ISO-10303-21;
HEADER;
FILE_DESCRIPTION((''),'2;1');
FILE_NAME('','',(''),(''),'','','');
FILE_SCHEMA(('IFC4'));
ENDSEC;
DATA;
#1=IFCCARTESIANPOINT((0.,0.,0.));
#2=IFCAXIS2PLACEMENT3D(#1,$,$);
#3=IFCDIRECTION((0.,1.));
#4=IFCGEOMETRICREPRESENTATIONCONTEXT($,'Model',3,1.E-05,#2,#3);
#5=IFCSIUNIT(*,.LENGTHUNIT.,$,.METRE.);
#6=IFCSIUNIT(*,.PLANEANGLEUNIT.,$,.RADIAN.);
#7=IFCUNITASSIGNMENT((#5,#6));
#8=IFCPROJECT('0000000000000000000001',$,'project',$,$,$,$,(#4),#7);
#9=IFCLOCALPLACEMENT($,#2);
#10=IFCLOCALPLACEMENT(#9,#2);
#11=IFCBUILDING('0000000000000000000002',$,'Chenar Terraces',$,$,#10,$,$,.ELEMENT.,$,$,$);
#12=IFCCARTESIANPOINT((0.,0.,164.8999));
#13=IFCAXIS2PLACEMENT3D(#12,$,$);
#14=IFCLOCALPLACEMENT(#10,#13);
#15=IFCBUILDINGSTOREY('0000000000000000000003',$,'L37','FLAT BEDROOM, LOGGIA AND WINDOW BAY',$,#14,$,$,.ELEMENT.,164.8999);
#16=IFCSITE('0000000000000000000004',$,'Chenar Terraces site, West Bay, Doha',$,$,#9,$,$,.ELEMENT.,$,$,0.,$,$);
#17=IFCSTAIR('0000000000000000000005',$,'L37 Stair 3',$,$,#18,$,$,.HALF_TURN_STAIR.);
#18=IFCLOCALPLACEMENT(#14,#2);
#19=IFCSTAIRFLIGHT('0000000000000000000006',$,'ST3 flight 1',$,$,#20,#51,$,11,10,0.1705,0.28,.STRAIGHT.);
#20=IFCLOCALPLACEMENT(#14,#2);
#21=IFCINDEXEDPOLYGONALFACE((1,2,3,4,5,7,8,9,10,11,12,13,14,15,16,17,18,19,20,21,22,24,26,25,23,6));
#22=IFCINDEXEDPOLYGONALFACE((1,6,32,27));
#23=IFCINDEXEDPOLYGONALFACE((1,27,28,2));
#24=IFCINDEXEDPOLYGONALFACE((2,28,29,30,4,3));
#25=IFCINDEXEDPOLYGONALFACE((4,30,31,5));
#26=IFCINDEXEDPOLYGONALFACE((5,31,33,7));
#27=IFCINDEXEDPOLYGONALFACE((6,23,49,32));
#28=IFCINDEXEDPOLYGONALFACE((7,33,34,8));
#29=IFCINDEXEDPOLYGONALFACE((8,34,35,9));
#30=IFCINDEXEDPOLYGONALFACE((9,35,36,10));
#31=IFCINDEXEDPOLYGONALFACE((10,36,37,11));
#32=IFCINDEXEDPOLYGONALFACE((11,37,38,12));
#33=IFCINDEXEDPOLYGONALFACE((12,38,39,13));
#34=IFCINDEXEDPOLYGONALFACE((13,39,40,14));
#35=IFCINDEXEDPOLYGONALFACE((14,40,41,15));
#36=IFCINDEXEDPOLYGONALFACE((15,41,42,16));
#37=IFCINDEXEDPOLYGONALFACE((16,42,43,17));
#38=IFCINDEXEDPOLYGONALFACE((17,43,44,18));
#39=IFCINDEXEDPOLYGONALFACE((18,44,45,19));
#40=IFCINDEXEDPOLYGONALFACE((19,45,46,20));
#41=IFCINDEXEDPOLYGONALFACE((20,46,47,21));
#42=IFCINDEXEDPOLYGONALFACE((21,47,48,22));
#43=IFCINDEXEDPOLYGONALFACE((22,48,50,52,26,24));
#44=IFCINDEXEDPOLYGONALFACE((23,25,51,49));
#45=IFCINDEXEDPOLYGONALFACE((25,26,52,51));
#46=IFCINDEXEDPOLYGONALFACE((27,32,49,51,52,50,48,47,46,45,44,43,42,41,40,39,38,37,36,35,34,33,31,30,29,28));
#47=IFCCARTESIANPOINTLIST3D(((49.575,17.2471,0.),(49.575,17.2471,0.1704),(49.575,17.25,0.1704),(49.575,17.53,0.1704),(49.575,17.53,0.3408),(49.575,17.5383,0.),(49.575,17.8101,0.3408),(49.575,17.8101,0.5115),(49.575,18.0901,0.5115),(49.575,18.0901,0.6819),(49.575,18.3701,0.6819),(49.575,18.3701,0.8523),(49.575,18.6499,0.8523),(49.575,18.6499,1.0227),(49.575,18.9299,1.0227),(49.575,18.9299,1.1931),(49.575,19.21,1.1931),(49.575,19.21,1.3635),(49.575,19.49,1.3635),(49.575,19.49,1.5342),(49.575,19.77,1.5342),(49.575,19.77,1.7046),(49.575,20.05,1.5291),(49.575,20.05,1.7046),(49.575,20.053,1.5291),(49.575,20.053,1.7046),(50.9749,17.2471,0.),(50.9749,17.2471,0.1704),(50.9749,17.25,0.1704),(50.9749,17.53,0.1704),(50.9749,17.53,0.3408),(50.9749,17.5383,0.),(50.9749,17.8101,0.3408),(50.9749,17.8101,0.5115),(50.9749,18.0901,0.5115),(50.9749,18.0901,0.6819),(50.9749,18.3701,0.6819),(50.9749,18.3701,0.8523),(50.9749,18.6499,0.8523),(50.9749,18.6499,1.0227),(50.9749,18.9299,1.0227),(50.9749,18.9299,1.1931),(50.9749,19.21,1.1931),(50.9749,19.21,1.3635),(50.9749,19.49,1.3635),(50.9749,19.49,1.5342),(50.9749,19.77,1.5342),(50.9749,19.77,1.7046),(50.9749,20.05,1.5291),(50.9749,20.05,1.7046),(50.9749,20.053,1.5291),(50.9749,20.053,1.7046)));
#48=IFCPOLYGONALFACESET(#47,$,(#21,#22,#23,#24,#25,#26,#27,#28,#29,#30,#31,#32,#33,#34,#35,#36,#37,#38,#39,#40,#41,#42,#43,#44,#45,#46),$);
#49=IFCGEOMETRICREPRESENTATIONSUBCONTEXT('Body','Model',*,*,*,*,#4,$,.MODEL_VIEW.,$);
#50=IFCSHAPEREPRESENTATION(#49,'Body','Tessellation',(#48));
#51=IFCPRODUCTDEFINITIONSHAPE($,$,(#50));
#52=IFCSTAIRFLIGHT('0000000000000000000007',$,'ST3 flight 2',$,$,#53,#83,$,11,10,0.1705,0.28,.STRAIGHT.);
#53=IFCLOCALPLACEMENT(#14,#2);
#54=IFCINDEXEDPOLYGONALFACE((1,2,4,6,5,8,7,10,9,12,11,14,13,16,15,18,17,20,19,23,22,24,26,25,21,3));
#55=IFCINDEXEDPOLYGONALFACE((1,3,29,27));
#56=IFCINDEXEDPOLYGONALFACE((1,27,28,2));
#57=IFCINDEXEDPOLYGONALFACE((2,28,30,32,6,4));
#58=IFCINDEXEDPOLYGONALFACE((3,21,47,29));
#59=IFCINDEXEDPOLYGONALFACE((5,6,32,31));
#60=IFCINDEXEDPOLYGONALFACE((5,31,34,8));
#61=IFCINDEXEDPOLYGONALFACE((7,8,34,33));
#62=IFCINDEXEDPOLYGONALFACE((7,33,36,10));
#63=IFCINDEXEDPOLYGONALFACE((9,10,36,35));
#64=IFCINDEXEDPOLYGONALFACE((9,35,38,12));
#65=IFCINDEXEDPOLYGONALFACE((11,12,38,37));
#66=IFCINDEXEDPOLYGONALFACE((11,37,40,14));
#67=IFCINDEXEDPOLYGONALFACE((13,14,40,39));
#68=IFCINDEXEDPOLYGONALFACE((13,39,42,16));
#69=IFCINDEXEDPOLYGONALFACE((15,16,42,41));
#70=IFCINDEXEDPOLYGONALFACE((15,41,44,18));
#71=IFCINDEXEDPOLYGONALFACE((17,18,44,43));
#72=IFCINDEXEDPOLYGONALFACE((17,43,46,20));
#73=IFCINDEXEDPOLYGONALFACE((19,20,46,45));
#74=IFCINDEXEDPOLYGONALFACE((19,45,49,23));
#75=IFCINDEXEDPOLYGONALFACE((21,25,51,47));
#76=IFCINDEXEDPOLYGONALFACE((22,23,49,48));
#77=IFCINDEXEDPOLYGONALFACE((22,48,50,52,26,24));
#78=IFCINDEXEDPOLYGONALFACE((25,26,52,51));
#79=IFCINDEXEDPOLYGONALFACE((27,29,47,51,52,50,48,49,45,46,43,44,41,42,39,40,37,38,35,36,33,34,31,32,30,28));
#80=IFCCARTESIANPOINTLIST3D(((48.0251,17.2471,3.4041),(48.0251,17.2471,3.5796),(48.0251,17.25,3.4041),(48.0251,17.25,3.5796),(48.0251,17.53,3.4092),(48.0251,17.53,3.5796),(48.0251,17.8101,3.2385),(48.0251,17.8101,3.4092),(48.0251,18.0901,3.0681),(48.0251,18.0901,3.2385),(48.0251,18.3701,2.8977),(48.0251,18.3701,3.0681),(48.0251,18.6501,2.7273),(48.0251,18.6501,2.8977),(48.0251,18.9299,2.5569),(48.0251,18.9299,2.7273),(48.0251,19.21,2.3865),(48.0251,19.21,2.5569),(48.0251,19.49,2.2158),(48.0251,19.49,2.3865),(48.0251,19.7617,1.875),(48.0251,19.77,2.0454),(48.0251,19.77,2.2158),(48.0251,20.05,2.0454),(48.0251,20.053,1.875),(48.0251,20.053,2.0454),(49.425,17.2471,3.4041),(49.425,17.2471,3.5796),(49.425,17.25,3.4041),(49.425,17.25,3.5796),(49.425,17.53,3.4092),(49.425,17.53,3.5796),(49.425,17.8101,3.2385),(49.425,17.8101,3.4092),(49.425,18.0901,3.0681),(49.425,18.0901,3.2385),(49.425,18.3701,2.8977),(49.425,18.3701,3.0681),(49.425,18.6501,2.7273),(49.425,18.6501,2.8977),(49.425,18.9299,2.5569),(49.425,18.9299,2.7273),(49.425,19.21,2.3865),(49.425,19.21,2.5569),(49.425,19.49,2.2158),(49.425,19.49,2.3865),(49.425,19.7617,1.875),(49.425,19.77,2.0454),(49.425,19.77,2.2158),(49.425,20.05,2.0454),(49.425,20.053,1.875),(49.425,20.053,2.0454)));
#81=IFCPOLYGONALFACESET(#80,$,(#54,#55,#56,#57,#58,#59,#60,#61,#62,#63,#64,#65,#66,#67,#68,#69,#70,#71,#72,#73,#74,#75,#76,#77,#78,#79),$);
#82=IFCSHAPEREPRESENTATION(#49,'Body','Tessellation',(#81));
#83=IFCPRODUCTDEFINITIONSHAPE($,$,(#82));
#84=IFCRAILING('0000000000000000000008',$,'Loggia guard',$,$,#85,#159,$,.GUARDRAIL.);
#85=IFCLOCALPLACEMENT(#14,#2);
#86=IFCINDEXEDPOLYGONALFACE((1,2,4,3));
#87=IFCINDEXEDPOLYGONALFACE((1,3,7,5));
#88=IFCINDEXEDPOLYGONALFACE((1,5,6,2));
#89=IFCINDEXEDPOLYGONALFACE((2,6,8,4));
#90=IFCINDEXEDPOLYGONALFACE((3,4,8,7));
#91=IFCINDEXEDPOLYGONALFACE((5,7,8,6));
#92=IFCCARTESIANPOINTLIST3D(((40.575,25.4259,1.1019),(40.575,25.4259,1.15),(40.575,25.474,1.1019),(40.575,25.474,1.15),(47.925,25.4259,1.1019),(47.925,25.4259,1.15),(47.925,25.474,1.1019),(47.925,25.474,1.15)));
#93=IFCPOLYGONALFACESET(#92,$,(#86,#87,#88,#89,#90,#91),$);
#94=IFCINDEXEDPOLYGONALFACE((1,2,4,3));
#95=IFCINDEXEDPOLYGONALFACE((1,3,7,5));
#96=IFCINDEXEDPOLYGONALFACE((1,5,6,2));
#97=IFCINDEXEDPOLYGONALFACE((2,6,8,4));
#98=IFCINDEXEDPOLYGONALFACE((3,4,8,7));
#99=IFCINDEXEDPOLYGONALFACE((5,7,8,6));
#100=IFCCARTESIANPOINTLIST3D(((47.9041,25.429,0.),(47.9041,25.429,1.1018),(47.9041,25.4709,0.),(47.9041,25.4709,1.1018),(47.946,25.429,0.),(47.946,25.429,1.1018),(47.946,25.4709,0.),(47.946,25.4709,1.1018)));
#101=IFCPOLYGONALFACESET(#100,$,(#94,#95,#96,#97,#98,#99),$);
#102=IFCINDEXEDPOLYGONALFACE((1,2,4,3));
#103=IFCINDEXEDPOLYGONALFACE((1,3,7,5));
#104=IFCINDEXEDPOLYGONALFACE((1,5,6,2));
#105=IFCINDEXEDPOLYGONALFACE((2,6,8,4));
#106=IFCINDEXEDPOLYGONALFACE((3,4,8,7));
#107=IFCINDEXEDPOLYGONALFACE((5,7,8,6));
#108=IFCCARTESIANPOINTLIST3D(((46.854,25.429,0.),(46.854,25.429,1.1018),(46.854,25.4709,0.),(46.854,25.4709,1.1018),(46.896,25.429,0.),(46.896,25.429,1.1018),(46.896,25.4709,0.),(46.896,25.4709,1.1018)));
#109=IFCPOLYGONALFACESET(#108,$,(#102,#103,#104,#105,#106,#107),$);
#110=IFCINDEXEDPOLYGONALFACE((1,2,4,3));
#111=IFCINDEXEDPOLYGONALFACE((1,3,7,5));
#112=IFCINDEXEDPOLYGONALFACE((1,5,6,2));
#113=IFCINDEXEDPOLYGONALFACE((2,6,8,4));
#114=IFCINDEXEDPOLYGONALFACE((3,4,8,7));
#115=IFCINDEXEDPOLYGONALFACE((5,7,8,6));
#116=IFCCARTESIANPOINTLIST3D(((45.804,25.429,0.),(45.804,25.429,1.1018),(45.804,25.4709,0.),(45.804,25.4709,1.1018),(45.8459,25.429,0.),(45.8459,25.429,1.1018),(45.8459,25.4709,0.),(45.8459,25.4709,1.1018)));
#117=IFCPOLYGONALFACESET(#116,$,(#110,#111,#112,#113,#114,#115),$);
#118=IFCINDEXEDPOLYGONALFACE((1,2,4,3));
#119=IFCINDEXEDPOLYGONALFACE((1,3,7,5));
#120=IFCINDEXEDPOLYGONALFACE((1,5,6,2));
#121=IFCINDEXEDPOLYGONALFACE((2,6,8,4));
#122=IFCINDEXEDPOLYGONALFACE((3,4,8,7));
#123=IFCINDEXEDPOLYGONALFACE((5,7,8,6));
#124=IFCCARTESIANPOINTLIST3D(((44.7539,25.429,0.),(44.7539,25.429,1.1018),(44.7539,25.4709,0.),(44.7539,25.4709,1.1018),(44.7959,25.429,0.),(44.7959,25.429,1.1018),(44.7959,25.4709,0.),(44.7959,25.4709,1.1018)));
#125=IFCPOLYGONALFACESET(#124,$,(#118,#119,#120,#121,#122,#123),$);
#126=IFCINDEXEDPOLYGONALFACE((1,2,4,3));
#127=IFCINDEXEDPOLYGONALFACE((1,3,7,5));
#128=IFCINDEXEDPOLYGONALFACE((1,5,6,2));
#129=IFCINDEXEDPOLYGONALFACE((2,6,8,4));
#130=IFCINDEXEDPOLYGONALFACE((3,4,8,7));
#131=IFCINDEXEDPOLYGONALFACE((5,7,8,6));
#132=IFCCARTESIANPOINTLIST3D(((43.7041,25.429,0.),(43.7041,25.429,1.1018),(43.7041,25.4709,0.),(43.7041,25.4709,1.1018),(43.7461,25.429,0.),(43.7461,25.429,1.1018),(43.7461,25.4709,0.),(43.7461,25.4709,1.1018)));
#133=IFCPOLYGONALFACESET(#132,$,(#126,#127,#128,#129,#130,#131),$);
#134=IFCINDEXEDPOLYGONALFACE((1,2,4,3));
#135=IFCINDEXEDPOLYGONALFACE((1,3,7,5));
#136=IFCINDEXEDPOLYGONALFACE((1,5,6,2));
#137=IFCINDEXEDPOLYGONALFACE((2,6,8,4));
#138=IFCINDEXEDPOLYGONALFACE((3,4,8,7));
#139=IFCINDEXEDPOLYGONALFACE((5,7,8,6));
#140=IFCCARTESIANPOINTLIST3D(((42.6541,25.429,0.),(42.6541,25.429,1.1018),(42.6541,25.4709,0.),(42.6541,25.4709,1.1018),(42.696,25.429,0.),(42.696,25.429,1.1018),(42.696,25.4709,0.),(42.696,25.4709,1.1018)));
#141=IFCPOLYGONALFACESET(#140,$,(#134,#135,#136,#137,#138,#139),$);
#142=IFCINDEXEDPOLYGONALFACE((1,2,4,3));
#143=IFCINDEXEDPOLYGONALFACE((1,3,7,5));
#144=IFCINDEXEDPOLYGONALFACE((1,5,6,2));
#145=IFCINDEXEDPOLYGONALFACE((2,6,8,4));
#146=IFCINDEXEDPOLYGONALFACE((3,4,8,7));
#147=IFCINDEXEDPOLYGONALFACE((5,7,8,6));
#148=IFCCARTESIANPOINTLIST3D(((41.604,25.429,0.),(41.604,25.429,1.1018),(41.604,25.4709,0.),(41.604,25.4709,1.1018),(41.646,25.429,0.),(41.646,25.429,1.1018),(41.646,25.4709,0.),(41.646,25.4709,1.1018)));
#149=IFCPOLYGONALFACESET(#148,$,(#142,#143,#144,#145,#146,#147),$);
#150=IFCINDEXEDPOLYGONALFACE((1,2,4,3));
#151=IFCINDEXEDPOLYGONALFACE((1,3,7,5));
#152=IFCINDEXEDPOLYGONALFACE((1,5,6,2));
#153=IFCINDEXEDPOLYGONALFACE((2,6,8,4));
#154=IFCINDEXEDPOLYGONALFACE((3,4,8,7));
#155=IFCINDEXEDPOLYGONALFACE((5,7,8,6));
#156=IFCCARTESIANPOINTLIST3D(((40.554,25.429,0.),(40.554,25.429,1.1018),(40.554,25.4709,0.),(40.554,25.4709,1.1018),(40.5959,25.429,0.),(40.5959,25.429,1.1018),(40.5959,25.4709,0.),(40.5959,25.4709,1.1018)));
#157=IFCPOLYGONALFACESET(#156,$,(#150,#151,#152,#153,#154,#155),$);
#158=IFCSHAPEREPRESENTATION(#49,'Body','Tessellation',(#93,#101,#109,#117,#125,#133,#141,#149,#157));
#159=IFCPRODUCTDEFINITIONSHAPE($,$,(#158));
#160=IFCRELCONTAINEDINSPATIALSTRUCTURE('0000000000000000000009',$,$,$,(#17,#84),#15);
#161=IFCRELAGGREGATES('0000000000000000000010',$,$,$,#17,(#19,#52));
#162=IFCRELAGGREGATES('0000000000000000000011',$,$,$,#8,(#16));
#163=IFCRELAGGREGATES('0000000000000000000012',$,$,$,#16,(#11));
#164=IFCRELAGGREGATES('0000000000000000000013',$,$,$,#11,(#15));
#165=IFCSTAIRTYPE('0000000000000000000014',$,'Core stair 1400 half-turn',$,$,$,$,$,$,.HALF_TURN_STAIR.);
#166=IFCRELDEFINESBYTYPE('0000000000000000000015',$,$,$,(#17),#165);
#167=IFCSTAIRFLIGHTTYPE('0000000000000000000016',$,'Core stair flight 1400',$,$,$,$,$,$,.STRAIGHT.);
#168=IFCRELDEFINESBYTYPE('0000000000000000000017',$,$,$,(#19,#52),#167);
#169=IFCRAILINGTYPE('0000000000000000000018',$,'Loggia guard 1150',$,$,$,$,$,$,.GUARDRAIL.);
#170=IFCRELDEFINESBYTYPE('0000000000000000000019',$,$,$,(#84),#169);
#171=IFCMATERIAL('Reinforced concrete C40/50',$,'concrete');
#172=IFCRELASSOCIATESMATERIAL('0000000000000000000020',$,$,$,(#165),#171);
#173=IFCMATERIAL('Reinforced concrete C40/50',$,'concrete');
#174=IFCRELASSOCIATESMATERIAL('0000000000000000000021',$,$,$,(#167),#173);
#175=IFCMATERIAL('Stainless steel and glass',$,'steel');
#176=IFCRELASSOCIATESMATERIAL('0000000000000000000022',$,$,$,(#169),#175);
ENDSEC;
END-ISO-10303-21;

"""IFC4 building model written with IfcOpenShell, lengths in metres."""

from ifc_helpers import new_model, si_unit, direction, frame, origin, origin_2d, place, context, subcontext, project, spatial, polyline, rectangle, outline, extrude, material, type_object, element, aggregate, save


model = new_model("IFC4")

# Units and contexts
model_context = context("Model", 3, precision=1e-05, world=origin(), true_north=direction((0.0, 1.0)))
body_context = subcontext(model_context, "Body", "Model", "MODEL_VIEW")
ifc_project = project(units=[si_unit("LENGTHUNIT", "METRE"), si_unit("PLANEANGLEUNIT", "RADIAN")], contexts=[model_context])

# Site, building, storey
site_placement = place(None, origin())
site = spatial("IfcSite", under=ifc_project, at=site_placement, Name="Chenar Terraces site, West Bay, Doha", CompositionType="ELEMENT", RefElevation=0.0)
building_placement = place(site_placement, origin())
building = spatial("IfcBuilding", under=site, at=building_placement, Name="Chenar Terraces", CompositionType="ELEMENT")
storey_placement = place(building_placement, frame((0.0, 0.0, 164.8999)))
storey = spatial("IfcBuildingStorey", under=building, at=storey_placement, Name="L37", Description="FLAT BEDROOM, LOGGIA AND WINDOW BAY", CompositionType="ELEMENT", Elevation=164.8999)

# Stair, stair flights
ifc_material_1 = material(Name="Reinforced concrete C40/50", Category="concrete")
stair_type = type_object("IfcStairType", Name="Core stair 1400 half-turn", PredefinedType="HALF_TURN_STAIR", material=ifc_material_1)
stair_placement = place(storey_placement, origin())
stair = element("IfcStair", 1, at=stair_placement, inside=storey, type_object=stair_type, Name="L37 Stair 3", PredefinedType="HALF_TURN_STAIR")
ifc_material_2 = material(Name="Reinforced concrete C40/50", Category="concrete")
stair_flight_type = type_object("IfcStairFlightType", Name="Core stair flight 1400", PredefinedType="STRAIGHT", material=ifc_material_2)
stair_flight_1_placement = place(storey_placement, frame((50.2749, 17.25, 0.0), z_axis=(0.0, 0.0, 1.0), x_axis=(0.0, 1.0, 0.0)))
stair_flight_1 = element("IfcStairFlight", 2, at=stair_flight_1_placement, type_object=stair_flight_type, Name="ST3 flight 1", NumberOfRisers=11, NumberOfTreads=10, PredefinedType="STRAIGHT", RiserHeight=0.1705, TreadLength=0.28, context=body_context, shape_type="SweptSolid", body=[
    extrude(outline(polyline([(-0.0029, 0.0), (-0.0029, 0.1704), (0.0, 0.1704), (0.28, 0.1704), (0.28, 0.3408), (0.5601, 0.3408), (0.5601, 0.5115), (0.8401, 0.5115), (0.8401, 0.6819), (1.1201, 0.6819), (1.1201, 0.8523), (1.3999, 0.8523), (1.3999, 1.0227), (1.6799, 1.0227), (1.6799, 1.1931), (1.96, 1.1931), (1.96, 1.3635), (2.24, 1.3635), (2.24, 1.5342), (2.52, 1.5342), (2.52, 1.7046), (2.8, 1.7046), (2.803, 1.7046), (2.803, 1.5291), (2.8, 1.5291), (0.2883, 0.0), (-0.0029, 0.0)])), frame((0.0, 0.7, 0.0), z_axis=(0.0, -1.0, 0.0), x_axis=(1.0, 0.0, 0.0)), (0.0, 0.0, 1.0), 1.3999),
])
stair_flight_2_placement = place(storey_placement, frame((48.7251, 20.05, 1.875), z_axis=(0.0, 0.0, 1.0), x_axis=(0.0, -1.0, 0.0)))
stair_flight_2 = element("IfcStairFlight", 3, at=stair_flight_2_placement, type_object=stair_flight_type, Name="ST3 flight 2", NumberOfRisers=11, NumberOfTreads=10, PredefinedType="STRAIGHT", RiserHeight=0.1705, TreadLength=0.28, context=body_context, shape_type="SweptSolid", body=[
    extrude(outline(polyline([(-0.0029, 0.0), (-0.0029, 0.1704), (0.0, 0.1704), (0.28, 0.1704), (0.28, 0.3408), (0.5601, 0.3408), (0.5601, 0.5115), (0.8401, 0.5115), (0.8401, 0.6819), (1.1201, 0.6819), (1.1201, 0.8523), (1.3999, 0.8523), (1.3999, 1.0227), (1.6799, 1.0227), (1.6799, 1.1931), (1.96, 1.1931), (1.96, 1.3635), (2.24, 1.3635), (2.24, 1.5342), (2.52, 1.5342), (2.52, 1.7046), (2.8, 1.7046), (2.803, 1.7046), (2.803, 1.5291), (2.8, 1.5291), (0.2883, 0.0), (-0.0029, 0.0)])), frame((0.0, 0.7, 0.0), z_axis=(0.0, -1.0, 0.0), x_axis=(1.0, 0.0, 0.0)), (0.0, 0.0, 1.0), 1.3999),
])
aggregate(stair, [stair_flight_1, stair_flight_2])

# Railing
ifc_material_3 = material(Name="Stainless steel and glass", Category="steel")
railing_type_1 = type_object("IfcRailingType", Name="Loggia guard 1150", PredefinedType="GUARDRAIL", material=ifc_material_3)
railing_1_placement = place(storey_placement, frame((47.925, 25.45, 0.0)))
element("IfcRailing", 4, at=railing_1_placement, inside=storey, type_object=railing_type_1, Name="Loggia guard", PredefinedType="GUARDRAIL", context=body_context, shape_type="SweptSolid", body=[
    extrude(rectangle(XDim=0.0481, YDim=0.0481, at=origin_2d()), frame((0.0, 0.0, 1.126), z_axis=(-1.0, 0.0, 0.0), x_axis=(0.0, -1.0, 0.0)), (0.0, 0.0, 1.0), 7.3501),
    extrude(rectangle(XDim=0.042, YDim=0.042, at=origin_2d()), origin(), (0.0, 0.0, 1.0), 1.1018),
    extrude(rectangle(XDim=0.042, YDim=0.042, at=origin_2d()), frame((-1.05, 0.0, 0.0)), (0.0, 0.0, 1.0), 1.1018),
    extrude(rectangle(XDim=0.042, YDim=0.042, at=origin_2d()), frame((-2.1001, 0.0, 0.0)), (0.0, 0.0, 1.0), 1.1018),
    extrude(rectangle(XDim=0.042, YDim=0.042, at=origin_2d()), frame((-3.1501, 0.0, 0.0)), (0.0, 0.0, 1.0), 1.1018),
    extrude(rectangle(XDim=0.042, YDim=0.042, at=origin_2d()), frame((-4.2, 0.0, 0.0)), (0.0, 0.0, 1.0), 1.1018),
    extrude(rectangle(XDim=0.042, YDim=0.042, at=origin_2d()), frame((-5.25, 0.0, 0.0)), (0.0, 0.0, 1.0), 1.1018),
    extrude(rectangle(XDim=0.042, YDim=0.042, at=origin_2d()), frame((-6.3, 0.0, 0.0)), (0.0, 0.0, 1.0), 1.1018),
    extrude(rectangle(XDim=0.042, YDim=0.042, at=origin_2d()), frame((-7.3501, 0.0, 0.0)), (0.0, 0.0, 1.0), 1.1018),
])

save(model, "model.ifc")
